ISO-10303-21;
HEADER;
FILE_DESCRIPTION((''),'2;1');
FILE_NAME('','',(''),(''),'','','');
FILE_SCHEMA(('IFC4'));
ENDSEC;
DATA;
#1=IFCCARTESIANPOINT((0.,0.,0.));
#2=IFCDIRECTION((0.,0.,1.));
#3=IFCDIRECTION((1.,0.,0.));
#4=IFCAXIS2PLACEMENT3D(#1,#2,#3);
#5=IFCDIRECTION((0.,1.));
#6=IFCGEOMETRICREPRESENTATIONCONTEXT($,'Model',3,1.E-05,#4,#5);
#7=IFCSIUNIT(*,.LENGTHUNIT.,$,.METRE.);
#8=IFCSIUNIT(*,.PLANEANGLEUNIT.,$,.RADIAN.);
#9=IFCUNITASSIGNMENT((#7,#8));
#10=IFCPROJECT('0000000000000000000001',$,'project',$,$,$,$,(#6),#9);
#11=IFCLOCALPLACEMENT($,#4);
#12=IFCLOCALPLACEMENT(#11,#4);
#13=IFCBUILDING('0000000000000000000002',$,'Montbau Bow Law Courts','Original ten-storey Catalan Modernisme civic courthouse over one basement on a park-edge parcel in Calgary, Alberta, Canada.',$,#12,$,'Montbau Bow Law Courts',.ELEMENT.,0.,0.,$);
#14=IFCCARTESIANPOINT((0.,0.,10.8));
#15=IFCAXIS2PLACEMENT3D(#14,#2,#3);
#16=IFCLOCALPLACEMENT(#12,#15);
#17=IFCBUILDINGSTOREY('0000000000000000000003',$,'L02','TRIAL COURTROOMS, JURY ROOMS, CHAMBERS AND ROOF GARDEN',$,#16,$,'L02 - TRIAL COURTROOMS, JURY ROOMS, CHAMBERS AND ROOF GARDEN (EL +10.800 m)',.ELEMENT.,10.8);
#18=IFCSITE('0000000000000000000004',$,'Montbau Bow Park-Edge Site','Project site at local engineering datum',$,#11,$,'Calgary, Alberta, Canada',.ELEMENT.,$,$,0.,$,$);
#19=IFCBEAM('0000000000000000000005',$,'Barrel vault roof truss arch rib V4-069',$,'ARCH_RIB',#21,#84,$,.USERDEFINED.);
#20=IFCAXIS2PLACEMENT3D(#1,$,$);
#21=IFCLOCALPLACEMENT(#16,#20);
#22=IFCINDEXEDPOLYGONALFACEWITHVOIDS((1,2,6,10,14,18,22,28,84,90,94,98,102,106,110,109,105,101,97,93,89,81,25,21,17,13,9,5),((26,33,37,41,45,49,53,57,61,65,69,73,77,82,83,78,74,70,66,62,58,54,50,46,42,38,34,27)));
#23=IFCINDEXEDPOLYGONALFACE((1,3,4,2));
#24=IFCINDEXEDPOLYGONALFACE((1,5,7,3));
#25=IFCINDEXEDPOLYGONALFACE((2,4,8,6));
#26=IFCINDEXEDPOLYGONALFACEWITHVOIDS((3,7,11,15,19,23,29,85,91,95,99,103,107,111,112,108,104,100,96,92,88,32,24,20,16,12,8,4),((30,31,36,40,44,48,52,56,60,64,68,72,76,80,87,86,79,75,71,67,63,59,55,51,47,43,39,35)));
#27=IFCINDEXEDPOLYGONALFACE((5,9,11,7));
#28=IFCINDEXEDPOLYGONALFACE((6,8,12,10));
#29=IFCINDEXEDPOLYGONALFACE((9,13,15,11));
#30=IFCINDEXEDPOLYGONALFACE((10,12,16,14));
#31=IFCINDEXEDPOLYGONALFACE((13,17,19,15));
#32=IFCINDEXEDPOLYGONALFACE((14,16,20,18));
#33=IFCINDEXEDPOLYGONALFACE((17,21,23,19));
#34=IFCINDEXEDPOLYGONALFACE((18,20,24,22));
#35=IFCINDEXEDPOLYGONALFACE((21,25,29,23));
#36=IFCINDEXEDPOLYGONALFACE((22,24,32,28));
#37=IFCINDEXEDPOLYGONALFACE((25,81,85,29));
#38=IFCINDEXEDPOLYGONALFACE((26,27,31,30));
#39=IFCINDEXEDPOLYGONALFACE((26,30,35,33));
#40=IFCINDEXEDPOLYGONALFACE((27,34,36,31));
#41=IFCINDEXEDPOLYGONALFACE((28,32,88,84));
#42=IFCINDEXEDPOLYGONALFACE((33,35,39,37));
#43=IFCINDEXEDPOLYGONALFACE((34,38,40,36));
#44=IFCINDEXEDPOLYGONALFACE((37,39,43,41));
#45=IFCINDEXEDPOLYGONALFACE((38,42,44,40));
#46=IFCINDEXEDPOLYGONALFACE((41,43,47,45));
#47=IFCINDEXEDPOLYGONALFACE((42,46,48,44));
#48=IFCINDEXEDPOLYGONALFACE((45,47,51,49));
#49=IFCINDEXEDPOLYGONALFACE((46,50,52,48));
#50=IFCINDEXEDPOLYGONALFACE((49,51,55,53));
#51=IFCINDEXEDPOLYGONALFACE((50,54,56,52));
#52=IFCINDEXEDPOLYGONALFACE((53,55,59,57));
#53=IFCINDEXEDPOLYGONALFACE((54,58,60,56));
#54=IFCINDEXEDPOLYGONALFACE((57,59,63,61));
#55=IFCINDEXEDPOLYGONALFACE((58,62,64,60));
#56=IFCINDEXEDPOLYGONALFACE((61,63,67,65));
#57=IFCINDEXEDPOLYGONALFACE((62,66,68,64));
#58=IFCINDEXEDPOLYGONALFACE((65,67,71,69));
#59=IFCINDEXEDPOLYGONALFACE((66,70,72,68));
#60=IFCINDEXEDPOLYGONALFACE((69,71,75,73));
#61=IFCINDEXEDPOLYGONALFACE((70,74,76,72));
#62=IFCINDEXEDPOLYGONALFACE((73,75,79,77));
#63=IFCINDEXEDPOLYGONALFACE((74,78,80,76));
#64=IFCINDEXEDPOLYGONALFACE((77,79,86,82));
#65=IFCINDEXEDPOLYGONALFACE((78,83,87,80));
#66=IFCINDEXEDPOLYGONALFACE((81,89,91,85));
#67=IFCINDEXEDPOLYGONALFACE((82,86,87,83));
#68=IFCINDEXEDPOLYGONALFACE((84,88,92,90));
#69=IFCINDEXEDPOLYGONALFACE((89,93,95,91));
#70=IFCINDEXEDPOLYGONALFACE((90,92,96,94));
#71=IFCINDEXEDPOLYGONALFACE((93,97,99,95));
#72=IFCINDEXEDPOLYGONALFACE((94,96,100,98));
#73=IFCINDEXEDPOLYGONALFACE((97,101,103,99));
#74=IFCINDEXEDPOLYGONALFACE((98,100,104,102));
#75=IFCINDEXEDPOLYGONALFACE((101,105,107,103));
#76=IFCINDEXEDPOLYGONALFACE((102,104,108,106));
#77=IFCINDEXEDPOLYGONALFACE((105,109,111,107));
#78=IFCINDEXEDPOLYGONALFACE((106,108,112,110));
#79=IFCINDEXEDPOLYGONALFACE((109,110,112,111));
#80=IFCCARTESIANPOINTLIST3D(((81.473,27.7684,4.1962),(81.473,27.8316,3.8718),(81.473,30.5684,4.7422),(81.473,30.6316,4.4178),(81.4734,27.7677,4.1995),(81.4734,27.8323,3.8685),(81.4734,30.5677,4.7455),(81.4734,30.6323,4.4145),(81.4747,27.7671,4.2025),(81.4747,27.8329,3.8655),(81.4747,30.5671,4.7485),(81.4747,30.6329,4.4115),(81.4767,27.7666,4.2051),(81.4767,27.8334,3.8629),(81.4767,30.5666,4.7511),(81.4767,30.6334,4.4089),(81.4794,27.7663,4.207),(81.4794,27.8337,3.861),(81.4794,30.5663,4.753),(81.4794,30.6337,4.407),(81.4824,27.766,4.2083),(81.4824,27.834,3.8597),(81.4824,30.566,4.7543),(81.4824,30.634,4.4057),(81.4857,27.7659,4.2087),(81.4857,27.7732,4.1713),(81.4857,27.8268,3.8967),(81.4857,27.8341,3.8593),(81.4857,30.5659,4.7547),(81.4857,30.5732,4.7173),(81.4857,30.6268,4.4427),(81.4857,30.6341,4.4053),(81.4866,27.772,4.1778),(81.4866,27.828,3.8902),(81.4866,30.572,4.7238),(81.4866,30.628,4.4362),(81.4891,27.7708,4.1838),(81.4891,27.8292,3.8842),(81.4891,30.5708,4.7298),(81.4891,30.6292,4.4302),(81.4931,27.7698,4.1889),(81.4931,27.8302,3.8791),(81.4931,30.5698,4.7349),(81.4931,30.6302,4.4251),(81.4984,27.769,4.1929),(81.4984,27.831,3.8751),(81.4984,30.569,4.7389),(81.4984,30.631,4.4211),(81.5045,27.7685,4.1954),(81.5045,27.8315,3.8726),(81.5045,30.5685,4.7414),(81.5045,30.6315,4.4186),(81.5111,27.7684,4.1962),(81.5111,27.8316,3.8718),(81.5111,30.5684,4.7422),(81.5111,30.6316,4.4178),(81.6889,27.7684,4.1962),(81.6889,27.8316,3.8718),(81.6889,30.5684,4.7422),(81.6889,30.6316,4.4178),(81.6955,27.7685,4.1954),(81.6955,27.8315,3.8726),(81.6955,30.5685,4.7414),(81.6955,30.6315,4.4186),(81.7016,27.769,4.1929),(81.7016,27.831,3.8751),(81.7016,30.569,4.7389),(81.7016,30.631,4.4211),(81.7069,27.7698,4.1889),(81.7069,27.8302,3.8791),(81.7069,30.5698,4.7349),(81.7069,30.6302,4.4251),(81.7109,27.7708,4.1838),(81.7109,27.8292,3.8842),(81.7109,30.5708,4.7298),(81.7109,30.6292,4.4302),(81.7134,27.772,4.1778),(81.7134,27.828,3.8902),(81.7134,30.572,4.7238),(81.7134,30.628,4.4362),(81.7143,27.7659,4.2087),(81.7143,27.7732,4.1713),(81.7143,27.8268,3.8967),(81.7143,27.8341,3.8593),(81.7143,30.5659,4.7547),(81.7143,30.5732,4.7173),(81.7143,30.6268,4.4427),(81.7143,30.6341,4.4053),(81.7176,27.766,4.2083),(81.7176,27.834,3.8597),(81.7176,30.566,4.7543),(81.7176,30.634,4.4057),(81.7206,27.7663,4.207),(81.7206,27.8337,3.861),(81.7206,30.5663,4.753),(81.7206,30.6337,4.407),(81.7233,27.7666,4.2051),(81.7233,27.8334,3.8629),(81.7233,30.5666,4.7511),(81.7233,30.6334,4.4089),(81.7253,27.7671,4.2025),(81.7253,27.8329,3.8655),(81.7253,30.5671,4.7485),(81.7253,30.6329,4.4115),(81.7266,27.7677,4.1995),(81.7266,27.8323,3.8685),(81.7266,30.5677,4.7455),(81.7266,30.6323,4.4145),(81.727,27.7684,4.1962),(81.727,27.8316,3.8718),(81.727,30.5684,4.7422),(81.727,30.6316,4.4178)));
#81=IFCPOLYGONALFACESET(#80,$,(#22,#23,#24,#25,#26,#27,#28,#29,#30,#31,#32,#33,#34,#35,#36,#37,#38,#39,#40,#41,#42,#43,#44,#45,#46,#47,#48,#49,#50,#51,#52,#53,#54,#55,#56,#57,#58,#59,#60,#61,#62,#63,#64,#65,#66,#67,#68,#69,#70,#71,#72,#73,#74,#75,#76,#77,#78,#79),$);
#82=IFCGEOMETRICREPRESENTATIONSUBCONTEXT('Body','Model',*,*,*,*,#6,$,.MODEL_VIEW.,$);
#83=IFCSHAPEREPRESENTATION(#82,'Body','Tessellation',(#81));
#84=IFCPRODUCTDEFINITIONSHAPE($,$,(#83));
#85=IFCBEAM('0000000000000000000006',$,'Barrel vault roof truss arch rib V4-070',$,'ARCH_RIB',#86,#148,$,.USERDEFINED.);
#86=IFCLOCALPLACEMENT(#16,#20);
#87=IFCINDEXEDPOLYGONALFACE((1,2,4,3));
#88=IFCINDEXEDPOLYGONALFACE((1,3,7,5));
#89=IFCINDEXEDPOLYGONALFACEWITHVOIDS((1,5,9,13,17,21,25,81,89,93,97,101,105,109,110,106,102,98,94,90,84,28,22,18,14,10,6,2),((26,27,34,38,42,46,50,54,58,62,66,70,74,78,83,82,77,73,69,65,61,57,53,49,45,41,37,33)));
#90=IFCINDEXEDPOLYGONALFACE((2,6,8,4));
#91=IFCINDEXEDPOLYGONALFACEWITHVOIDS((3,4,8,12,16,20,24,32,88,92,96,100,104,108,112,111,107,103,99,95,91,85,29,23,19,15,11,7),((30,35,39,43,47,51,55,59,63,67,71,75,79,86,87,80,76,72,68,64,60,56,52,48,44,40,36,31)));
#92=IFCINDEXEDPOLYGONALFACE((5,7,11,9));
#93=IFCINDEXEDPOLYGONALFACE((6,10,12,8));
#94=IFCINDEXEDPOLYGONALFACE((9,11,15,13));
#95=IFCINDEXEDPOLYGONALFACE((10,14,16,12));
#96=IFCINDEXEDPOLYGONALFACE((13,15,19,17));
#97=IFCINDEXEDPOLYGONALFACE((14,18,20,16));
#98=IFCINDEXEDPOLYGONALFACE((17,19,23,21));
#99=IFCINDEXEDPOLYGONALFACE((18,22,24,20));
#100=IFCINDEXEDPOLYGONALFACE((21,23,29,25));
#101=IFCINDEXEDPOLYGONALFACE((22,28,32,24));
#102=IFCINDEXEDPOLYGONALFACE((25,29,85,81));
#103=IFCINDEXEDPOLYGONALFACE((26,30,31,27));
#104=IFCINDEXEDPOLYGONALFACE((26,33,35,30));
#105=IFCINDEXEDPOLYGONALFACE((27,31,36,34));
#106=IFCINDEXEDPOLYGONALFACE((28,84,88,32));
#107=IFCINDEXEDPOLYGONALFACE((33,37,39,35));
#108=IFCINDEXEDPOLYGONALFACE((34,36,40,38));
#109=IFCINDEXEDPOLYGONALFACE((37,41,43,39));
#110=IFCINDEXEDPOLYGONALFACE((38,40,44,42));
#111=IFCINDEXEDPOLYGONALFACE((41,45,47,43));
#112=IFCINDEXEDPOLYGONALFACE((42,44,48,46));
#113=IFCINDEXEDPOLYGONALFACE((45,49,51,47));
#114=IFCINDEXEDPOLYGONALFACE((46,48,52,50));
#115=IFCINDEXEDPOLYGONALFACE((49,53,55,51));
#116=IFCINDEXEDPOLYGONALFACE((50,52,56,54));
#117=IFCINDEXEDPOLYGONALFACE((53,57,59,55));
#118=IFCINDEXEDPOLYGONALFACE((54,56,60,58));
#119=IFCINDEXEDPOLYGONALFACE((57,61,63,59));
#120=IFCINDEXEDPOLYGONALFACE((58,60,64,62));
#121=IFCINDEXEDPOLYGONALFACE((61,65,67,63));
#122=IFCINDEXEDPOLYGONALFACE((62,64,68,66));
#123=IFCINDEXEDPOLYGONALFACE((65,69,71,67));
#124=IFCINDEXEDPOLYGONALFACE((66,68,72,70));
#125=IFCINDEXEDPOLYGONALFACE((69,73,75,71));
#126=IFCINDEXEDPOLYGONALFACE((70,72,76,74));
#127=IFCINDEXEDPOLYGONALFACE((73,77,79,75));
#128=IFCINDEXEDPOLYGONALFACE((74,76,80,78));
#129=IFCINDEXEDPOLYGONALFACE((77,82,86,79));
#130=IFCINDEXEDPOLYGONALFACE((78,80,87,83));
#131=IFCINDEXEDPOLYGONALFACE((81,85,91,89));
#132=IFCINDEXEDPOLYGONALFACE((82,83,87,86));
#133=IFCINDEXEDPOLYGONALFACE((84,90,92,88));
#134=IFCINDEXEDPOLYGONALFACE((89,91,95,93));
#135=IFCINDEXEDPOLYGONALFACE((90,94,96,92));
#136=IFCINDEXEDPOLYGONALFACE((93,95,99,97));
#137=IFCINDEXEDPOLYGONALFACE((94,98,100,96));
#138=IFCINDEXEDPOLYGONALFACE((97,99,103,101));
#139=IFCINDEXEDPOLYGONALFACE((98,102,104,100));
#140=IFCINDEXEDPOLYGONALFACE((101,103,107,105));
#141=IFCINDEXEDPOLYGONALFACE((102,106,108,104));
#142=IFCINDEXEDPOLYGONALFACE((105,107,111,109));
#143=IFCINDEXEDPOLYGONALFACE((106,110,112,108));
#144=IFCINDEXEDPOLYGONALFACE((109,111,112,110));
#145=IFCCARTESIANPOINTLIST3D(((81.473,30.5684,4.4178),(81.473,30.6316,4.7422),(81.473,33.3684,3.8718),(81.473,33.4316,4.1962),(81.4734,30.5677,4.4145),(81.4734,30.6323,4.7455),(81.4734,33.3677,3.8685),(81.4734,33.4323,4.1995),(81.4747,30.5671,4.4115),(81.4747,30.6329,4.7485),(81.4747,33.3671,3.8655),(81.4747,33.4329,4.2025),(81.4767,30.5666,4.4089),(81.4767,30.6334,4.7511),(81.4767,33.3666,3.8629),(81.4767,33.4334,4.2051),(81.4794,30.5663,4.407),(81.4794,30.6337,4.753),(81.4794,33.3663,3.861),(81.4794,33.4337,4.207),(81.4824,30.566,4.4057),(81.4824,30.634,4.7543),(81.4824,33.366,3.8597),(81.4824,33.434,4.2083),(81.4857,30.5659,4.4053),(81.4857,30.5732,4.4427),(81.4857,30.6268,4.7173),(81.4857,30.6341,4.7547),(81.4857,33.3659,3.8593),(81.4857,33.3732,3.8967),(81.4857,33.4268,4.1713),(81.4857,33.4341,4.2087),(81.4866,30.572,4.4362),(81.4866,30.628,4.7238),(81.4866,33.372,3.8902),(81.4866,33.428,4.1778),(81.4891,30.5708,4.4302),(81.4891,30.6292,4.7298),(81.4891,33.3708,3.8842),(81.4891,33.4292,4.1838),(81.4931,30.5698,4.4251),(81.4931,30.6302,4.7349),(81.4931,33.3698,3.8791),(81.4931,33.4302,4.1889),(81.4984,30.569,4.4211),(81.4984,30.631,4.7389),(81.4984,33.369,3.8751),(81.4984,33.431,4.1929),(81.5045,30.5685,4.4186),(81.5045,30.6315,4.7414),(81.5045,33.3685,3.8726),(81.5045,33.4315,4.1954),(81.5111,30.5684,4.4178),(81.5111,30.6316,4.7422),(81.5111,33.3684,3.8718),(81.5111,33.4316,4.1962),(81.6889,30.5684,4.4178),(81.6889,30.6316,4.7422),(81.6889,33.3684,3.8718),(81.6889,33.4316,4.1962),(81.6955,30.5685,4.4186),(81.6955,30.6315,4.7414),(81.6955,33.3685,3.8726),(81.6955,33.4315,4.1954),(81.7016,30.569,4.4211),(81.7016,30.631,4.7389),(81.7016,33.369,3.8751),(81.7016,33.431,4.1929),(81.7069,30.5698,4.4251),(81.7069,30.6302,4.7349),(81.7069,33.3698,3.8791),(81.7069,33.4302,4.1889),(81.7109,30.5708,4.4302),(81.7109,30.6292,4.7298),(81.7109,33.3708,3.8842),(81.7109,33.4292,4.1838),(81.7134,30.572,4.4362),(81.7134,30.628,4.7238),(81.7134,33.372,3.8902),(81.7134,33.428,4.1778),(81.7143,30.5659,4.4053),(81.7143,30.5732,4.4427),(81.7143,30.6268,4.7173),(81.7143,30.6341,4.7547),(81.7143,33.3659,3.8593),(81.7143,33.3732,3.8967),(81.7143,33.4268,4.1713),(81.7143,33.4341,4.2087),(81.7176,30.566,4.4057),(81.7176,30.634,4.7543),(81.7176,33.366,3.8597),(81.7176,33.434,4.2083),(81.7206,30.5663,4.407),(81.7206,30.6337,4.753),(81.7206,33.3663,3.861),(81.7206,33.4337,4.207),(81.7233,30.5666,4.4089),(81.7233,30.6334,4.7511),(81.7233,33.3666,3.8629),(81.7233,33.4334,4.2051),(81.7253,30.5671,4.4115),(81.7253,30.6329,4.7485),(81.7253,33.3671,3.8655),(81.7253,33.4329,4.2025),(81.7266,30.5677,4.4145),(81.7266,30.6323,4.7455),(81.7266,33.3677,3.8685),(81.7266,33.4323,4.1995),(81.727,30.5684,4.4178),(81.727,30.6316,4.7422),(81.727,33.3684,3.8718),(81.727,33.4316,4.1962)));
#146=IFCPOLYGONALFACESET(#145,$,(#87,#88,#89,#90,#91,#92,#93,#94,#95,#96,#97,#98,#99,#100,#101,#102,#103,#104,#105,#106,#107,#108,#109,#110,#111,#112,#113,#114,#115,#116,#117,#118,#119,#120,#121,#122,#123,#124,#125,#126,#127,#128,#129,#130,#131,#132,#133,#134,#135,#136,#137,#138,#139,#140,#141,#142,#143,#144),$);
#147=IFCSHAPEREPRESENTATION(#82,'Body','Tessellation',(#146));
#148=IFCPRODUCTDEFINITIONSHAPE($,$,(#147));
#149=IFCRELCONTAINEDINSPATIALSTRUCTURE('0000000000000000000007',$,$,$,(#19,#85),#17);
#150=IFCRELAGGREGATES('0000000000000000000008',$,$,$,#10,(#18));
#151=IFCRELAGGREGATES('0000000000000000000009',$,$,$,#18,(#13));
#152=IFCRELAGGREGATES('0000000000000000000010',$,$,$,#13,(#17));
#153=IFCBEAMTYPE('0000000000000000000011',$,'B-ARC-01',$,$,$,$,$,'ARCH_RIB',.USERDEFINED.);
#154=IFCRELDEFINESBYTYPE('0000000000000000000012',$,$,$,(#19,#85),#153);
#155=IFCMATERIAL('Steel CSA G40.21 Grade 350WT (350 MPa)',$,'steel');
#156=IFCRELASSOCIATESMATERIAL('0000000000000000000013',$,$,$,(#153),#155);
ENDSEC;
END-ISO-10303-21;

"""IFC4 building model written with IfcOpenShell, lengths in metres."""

from ifc_helpers import new_model, si_unit, direction, frame, origin_with_axes, origin_2d_with_axis, place, context, subcontext, project, spatial, hollow_rectangle, extrude, material, material_profile, profile_set, type_object, element, save


model = new_model("IFC4")

# Units and contexts
model_context = context("Model", 3, precision=1e-05, world=origin_with_axes(), true_north=direction((0.0, 1.0)))
body_context = subcontext(model_context, "Body", "Model", "MODEL_VIEW")
ifc_project = project(units=[si_unit("LENGTHUNIT", "METRE"), si_unit("PLANEANGLEUNIT", "RADIAN")], contexts=[model_context])

# Site, building, storey
site_placement = place(None, origin_with_axes())
site = spatial("IfcSite", under=ifc_project, at=site_placement, Name="Montbau Bow Park-Edge Site", Description="Project site at local engineering datum", LongName="Calgary, Alberta, Canada", CompositionType="ELEMENT", RefElevation=0.0)
building_placement = place(site_placement, origin_with_axes())
building = spatial("IfcBuilding", under=site, at=building_placement, Name="Montbau Bow Law Courts", Description="Original ten-storey Catalan Modernisme civic courthouse over one basement on a park-edge parcel in Calgary, Alberta, Canada.", LongName="Montbau Bow Law Courts", CompositionType="ELEMENT", ElevationOfRefHeight=0.0, ElevationOfTerrain=0.0)
storey_placement = place(building_placement, frame((0.0, 0.0, 10.8), z_axis=(0.0, 0.0, 1.0), x_axis=(1.0, 0.0, 0.0)))
storey = spatial("IfcBuildingStorey", under=building, at=storey_placement, Name="L02", Description="TRIAL COURTROOMS, JURY ROOMS, CHAMBERS AND ROOF GARDEN", LongName="L02 - TRIAL COURTROOMS, JURY ROOMS, CHAMBERS AND ROOF GARDEN (EL +10.800 m)", CompositionType="ELEMENT", Elevation=10.8)

# Beams
ifc_material_1 = material(Name="Steel CSA G40.21 Grade 350WT (350 MPa)", Category="steel")
ifc_material_profile_1 = material_profile(ifc_material_1, hollow_rectangle(XDim=0.254, YDim=0.356, WallThickness=0.0127, InnerFilletRadius=0.0254, OuterFilletRadius=0.0127, at=origin_2d_with_axis()), Name="HSS356X254X13", Category="Main", Priority=0)
ifc_profile_set_1 = profile_set([ifc_material_profile_1], Name="Steel CSA G40.21 Grade 350WT (350 MPa)")
beam_type_1 = type_object("IfcBeamType", Name="B-ARC-01", ElementType="ARCH_RIB", PredefinedType="USERDEFINED", material=ifc_profile_set_1)
for number, where, z_axis, x_axis, name in (
    (1, (81.6, 27.8, 14.834), (0.0, 0.981513, 0.191395), (-1.0, 0.0, 0.0), "Barrel vault roof truss arch rib V4-069"),
    (2, (81.6, 30.6, 15.38), (0.0, 0.981513, -0.191395), (-1.0, 0.0, 0.0), "Barrel vault roof truss arch rib V4-070"),
):
    element("IfcBeam", number, at=place(None, frame(where, z_axis=z_axis, x_axis=x_axis)), inside=storey, type_object=beam_type_1, Name=name, ObjectType="ARCH_RIB", PredefinedType="USERDEFINED", context=body_context, shape_type="SweptSolid", body=[
        extrude(hollow_rectangle(XDim=0.254, YDim=0.356, WallThickness=0.0127, InnerFilletRadius=0.0254, OuterFilletRadius=0.0127, at=origin_2d_with_axis()), origin_with_axes(), (0.0, 0.0, 1.0), 2.8527),
    ])

save(model, "model.ifc")
